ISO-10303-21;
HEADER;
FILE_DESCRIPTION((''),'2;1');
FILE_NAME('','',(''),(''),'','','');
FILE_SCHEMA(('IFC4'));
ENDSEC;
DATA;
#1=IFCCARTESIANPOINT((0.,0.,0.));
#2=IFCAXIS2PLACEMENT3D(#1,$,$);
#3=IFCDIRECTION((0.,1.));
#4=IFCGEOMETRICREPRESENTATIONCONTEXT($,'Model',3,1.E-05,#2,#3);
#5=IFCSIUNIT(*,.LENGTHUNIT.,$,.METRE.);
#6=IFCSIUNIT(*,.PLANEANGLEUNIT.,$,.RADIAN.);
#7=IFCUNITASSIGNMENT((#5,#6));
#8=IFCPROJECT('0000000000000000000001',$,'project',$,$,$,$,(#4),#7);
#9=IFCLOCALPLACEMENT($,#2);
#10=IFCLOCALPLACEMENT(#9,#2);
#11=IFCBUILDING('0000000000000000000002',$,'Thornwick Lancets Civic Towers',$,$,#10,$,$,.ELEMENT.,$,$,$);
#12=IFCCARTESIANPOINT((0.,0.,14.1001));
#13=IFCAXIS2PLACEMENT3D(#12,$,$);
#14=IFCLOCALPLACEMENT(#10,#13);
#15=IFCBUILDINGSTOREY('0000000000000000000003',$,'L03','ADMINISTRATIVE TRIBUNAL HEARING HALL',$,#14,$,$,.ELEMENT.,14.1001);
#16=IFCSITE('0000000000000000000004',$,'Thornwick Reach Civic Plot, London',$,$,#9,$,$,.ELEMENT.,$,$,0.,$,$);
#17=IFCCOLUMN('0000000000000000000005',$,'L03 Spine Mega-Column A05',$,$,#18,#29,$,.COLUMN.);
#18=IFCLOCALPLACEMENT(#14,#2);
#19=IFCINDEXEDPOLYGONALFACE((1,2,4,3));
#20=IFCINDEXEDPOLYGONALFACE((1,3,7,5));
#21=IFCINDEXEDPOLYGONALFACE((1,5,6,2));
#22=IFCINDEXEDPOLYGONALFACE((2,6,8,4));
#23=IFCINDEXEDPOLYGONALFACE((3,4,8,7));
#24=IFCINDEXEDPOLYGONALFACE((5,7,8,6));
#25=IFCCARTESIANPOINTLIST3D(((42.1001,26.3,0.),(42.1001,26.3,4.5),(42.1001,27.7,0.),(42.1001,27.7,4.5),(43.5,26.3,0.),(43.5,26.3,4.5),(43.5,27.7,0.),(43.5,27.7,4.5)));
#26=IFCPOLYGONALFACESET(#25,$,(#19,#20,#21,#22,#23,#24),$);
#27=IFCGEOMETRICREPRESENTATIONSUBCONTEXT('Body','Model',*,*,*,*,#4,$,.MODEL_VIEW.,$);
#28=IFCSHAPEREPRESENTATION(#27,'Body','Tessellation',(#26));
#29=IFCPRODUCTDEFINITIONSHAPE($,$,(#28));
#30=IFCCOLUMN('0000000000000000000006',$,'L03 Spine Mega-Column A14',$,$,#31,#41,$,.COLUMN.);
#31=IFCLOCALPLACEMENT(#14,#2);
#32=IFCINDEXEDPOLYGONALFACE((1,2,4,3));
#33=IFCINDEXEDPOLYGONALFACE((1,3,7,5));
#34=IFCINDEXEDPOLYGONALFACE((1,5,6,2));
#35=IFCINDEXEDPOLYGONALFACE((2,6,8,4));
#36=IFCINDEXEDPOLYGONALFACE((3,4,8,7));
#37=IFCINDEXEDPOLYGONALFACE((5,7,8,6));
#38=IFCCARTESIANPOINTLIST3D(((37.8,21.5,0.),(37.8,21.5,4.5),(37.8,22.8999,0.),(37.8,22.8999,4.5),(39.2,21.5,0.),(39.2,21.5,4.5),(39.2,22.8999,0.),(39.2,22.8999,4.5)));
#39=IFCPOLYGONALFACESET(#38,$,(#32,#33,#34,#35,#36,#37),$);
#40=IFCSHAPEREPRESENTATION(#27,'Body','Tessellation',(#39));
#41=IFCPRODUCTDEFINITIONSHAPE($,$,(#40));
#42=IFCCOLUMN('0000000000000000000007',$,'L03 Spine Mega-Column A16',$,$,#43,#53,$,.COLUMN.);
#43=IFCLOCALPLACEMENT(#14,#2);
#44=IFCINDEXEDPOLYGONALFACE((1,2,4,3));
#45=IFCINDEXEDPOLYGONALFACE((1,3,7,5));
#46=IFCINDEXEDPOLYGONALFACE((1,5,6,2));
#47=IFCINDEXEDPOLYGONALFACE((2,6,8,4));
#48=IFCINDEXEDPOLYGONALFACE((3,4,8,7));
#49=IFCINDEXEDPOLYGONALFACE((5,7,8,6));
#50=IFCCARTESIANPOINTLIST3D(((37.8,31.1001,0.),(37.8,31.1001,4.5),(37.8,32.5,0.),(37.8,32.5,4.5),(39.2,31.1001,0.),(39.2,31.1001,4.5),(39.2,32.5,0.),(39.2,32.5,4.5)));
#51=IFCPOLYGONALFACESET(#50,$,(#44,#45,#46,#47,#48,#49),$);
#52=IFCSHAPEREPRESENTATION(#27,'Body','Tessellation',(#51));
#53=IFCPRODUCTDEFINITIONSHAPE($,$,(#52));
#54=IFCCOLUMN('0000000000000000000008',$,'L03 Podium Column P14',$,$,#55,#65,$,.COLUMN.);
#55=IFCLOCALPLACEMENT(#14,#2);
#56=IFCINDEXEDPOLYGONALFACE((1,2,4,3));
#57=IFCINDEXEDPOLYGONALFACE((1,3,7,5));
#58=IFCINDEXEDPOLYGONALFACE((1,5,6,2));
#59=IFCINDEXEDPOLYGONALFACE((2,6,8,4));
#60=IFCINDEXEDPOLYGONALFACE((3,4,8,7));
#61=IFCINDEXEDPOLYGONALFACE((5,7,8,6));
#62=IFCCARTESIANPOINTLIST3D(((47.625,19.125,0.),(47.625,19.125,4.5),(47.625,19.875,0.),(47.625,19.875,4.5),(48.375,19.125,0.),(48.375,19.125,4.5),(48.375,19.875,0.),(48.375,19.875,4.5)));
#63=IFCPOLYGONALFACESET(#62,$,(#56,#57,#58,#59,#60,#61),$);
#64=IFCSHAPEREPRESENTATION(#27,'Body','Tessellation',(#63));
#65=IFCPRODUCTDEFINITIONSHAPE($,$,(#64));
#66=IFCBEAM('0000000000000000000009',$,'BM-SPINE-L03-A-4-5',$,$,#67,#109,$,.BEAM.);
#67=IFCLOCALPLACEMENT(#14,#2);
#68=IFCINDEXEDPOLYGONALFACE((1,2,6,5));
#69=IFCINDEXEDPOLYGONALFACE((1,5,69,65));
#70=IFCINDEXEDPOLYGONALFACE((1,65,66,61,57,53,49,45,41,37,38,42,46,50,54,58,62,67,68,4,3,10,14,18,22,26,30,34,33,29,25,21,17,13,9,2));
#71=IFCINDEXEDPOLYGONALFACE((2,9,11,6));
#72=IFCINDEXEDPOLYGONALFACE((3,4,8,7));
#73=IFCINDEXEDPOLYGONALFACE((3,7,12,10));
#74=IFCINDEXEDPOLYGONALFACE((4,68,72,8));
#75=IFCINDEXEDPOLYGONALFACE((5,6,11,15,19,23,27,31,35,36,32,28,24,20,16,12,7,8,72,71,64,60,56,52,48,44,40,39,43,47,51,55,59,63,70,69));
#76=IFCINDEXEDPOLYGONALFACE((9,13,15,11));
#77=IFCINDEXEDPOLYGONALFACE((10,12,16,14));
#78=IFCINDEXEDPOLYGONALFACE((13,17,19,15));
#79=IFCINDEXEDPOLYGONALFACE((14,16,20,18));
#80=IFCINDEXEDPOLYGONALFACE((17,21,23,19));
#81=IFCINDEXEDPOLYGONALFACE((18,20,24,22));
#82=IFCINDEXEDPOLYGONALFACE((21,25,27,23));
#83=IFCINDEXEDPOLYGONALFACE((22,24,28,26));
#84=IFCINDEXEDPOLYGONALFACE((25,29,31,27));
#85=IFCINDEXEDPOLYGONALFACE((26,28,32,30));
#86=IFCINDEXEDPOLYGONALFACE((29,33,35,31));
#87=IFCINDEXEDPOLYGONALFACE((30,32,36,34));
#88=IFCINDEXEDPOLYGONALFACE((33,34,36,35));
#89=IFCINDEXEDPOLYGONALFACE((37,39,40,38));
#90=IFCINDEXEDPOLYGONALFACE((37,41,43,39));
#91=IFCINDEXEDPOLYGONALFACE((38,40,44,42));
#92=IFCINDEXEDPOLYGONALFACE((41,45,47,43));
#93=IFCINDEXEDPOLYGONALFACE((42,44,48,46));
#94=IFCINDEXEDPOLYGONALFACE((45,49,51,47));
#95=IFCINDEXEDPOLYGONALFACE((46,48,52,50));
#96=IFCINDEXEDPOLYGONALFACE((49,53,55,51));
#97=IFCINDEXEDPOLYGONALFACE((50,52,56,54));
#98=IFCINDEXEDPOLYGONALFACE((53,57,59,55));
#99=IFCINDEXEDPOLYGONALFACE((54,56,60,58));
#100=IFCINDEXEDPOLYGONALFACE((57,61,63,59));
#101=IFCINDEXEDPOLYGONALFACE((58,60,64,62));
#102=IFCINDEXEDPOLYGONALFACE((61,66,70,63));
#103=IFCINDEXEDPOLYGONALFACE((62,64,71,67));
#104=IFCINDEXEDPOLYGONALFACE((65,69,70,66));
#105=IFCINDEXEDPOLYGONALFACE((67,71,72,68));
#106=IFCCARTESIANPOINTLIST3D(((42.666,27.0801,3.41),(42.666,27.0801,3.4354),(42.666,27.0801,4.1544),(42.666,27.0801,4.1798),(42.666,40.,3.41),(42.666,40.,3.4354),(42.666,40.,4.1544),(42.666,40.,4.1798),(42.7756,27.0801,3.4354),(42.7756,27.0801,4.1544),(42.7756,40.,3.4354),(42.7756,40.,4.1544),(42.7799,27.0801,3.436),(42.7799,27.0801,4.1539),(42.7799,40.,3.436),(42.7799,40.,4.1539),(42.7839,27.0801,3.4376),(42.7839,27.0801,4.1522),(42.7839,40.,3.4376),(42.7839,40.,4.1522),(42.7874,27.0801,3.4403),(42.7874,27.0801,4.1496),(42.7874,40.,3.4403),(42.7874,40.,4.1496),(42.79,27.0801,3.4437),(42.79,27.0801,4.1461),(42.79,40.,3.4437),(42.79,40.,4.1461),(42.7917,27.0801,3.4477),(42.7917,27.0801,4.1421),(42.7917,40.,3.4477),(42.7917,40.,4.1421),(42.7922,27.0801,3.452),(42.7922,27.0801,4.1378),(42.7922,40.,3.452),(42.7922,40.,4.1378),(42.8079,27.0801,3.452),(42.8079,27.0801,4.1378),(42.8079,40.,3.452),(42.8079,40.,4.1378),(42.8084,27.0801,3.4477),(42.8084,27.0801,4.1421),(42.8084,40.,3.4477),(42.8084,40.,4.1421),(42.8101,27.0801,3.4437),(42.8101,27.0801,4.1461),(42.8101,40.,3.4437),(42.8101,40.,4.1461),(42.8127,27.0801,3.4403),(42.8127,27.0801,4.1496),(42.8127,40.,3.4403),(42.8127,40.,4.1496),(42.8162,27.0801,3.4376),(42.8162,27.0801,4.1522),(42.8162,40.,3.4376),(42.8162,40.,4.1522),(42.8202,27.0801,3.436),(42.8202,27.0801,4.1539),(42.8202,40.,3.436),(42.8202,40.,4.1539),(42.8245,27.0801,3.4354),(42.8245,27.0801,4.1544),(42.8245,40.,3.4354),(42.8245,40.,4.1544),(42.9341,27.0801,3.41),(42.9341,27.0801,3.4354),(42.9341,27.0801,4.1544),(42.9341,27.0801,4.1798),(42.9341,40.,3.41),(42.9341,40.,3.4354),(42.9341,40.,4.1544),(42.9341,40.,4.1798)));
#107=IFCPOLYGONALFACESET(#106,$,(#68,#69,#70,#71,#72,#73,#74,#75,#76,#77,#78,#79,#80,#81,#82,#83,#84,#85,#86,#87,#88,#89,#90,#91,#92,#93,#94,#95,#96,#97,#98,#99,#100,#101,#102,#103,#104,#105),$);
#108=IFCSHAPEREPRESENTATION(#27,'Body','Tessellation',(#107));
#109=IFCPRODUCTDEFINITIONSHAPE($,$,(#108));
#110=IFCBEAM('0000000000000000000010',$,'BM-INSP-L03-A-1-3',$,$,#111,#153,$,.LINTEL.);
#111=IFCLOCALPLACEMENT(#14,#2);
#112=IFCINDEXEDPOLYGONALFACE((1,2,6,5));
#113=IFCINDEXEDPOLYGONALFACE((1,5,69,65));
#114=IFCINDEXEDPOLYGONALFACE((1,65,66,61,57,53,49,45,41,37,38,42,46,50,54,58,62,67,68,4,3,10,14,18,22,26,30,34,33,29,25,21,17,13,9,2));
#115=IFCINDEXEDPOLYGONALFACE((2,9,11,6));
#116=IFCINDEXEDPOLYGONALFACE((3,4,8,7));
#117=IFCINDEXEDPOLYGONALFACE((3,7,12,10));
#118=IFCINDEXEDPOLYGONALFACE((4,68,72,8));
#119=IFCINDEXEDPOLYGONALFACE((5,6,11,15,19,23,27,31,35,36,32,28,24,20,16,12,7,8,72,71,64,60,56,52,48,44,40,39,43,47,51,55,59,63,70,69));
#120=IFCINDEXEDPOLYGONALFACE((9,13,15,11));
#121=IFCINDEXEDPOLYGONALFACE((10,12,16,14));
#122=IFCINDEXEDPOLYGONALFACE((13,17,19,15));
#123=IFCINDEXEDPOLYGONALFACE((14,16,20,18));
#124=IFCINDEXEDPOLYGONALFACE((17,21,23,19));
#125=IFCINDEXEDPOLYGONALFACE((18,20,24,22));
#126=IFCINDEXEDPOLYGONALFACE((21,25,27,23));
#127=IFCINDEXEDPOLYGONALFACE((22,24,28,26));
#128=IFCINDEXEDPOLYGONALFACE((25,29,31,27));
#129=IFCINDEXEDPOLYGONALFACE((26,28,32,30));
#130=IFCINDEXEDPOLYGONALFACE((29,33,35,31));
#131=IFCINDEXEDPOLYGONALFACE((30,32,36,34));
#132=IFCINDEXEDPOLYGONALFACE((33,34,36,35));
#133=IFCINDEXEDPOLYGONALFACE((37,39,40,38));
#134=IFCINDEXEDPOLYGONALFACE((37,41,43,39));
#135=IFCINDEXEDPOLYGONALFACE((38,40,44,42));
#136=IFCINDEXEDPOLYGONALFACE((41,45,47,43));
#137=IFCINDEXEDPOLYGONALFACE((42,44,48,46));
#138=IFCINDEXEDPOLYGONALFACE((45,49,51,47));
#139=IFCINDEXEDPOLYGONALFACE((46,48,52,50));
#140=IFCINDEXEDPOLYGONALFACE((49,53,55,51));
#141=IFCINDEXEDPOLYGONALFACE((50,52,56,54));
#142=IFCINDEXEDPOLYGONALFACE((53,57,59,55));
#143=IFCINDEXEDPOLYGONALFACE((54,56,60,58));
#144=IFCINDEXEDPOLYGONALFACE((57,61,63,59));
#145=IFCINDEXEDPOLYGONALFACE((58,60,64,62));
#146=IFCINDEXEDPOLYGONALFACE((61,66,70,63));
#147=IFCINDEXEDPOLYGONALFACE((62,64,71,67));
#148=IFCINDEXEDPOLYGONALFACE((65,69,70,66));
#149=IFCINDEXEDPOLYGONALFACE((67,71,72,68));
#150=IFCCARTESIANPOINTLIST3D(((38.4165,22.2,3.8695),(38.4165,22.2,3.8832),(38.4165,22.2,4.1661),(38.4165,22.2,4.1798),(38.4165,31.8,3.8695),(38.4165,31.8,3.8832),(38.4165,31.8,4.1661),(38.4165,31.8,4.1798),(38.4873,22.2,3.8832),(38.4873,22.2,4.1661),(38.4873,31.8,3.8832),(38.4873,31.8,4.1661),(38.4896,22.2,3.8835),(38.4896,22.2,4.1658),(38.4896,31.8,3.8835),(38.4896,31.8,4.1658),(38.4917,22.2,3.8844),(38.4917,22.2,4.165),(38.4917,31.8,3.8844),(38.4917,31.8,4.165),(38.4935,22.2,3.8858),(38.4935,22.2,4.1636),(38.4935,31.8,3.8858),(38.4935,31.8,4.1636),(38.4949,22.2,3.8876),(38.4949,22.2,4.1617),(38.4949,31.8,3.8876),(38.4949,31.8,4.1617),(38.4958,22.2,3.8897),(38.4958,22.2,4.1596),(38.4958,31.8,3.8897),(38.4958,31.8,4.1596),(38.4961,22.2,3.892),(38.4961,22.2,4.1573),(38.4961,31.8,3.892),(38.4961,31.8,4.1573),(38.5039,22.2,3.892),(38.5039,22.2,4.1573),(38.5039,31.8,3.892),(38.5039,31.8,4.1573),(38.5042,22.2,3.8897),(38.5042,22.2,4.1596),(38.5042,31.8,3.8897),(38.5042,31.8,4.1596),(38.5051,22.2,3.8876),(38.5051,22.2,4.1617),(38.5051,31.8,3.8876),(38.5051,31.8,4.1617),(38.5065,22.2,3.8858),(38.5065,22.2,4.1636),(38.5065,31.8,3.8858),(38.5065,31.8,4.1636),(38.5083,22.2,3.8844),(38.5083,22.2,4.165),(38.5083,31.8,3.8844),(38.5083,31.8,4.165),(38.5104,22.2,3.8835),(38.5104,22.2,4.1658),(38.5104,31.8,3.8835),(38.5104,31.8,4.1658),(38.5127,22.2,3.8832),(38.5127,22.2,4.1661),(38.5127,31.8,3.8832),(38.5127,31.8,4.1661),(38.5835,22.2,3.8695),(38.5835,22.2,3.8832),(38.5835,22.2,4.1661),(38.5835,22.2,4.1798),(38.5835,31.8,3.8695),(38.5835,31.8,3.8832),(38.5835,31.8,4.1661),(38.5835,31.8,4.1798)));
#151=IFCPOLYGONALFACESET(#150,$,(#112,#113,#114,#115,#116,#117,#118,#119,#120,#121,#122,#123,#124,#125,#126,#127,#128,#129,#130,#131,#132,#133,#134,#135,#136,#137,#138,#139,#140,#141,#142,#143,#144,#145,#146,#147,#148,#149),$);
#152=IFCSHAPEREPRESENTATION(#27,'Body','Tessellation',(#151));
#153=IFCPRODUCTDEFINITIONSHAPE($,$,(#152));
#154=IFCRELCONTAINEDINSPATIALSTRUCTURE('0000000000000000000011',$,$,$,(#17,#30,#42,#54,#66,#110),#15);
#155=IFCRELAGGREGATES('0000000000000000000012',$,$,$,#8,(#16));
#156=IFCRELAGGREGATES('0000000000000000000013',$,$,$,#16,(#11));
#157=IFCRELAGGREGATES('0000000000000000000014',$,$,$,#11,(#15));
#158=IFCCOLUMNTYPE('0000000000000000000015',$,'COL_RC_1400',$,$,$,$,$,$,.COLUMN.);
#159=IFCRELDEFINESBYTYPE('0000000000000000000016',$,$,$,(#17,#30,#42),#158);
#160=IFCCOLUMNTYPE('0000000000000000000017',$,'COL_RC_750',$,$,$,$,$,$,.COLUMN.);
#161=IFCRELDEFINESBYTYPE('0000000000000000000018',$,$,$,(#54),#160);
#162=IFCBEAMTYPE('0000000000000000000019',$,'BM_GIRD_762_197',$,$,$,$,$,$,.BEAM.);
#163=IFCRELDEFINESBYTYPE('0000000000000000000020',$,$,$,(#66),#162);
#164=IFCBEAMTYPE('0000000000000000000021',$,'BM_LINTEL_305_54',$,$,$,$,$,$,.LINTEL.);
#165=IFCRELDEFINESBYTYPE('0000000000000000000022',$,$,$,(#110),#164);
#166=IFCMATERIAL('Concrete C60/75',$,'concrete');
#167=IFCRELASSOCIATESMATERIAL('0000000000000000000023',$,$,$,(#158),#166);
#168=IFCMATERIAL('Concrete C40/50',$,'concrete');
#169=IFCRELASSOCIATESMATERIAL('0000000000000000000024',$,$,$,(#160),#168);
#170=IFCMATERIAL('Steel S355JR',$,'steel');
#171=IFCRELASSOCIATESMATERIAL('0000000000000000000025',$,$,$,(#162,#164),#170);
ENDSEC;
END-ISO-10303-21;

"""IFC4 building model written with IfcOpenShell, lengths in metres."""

from ifc_helpers import new_model, si_unit, direction, frame, origin, origin_2d, place, context, subcontext, project, spatial, rectangle, i_section, extrude, material, material_profile, profile_set, type_object, element, save


model = new_model("IFC4")

# Units and contexts
model_context = context("Model", 3, precision=1e-05, world=origin(), true_north=direction((0.0, 1.0)))
body_context = subcontext(model_context, "Body", "Model", "MODEL_VIEW")
ifc_project = project(units=[si_unit("LENGTHUNIT", "METRE"), si_unit("PLANEANGLEUNIT", "RADIAN")], contexts=[model_context])

# Site, building, storey
site_placement = place(None, origin())
site = spatial("IfcSite", under=ifc_project, at=site_placement, Name="Thornwick Reach Civic Plot, London", CompositionType="ELEMENT", RefElevation=0.0)
building_placement = place(site_placement, origin())
building = spatial("IfcBuilding", under=site, at=building_placement, Name="Thornwick Lancets Civic Towers", CompositionType="ELEMENT")
storey_placement = place(building_placement, frame((0.0, 0.0, 14.1001)))
storey = spatial("IfcBuildingStorey", under=building, at=storey_placement, Name="L03", Description="ADMINISTRATIVE TRIBUNAL HEARING HALL", CompositionType="ELEMENT", Elevation=14.1001)

# Columns
ifc_material_1 = material(Name="Concrete C60/75", Category="concrete")
ifc_material_profile_1 = material_profile(ifc_material_1, rectangle(XDim=1.3999, YDim=1.3999, at=origin_2d()), Name="RC 1400x1400")
ifc_profile_set_1 = profile_set([ifc_material_profile_1], Name="Concrete C60/75")
column_type_1 = type_object("IfcColumnType", Name="COL_RC_1400", PredefinedType="COLUMN", material=ifc_profile_set_1)
for number, where, z_axis, x_axis, name in (
    (1, (42.8, 27.0, 0.0), (0.0, 0.0, 1.0), (1.0, 0.0, 0.0), "L03 Spine Mega-Column A05"),
    (2, (38.5, 22.2, 0.0), (0.0, 0.0, 1.0), (1.0, 0.0, 0.0), "L03 Spine Mega-Column A14"),
    (3, (38.5, 31.8, 0.0), (0.0, 0.0, 1.0), (1.0, 0.0, 0.0), "L03 Spine Mega-Column A16"),
):
    element("IfcColumn", number, at=place(storey_placement, frame(where, z_axis=z_axis, x_axis=x_axis)), inside=storey, type_object=column_type_1, Name=name, PredefinedType="COLUMN", context=body_context, shape_type="SweptSolid", body=[
        extrude(rectangle(XDim=1.3999, YDim=1.3999, at=origin_2d()), origin(), (0.0, 0.0, 1.0), 4.5),
    ])
ifc_material_2 = material(Name="Concrete C40/50", Category="concrete")
ifc_material_profile_2 = material_profile(ifc_material_2, rectangle(XDim=0.75, YDim=0.75, at=origin_2d()), Name="RC 750x750")
ifc_profile_set_2 = profile_set([ifc_material_profile_2], Name="Concrete C40/50")
column_type_2 = type_object("IfcColumnType", Name="COL_RC_750", PredefinedType="COLUMN", material=ifc_profile_set_2)
column_placement = place(storey_placement, frame((48.0, 19.5, 0.0), z_axis=(0.0, 0.0, 1.0), x_axis=(1.0, 0.0, 0.0)))
element("IfcColumn", 4, at=column_placement, inside=storey, type_object=column_type_2, Name="L03 Podium Column P14", PredefinedType="COLUMN", context=body_context, shape_type="SweptSolid", body=[
    extrude(rectangle(XDim=0.75, YDim=0.75, at=origin_2d()), origin(), (0.0, 0.0, 1.0), 4.5),
])

# Beams
ifc_material_3 = material(Name="Steel S355JR", Category="steel")
ifc_material_profile_3 = material_profile(ifc_material_3, i_section(OverallWidth=0.2681, OverallDepth=0.7698, WebThickness=0.0156, FlangeThickness=0.0254, FilletRadius=0.0166, at=origin_2d()), Name="UKB 762x267x197")
ifc_profile_set_3 = profile_set([ifc_material_profile_3], Name="Steel S355JR")
beam_type_1 = type_object("IfcBeamType", Name="BM_GIRD_762_197", PredefinedType="BEAM", material=ifc_profile_set_3)
beam_1_placement = place(storey_placement, frame((42.8, 27.0801, 3.7949), z_axis=(0.0, 1.0, 0.0), x_axis=(-1.0, 0.0, 0.0)))
element("IfcBeam", 5, at=beam_1_placement, inside=storey, type_object=beam_type_1, Name="BM-SPINE-L03-A-4-5", PredefinedType="BEAM", context=body_context, shape_type="SweptSolid", body=[
    extrude(i_section(OverallWidth=0.2681, OverallDepth=0.7698, WebThickness=0.0156, FlangeThickness=0.0254, FilletRadius=0.0166, at=origin_2d()), origin(), (0.0, 0.0, 1.0), 12.9199),
])
ifc_material_profile_4 = material_profile(ifc_material_3, i_section(OverallWidth=0.167, OverallDepth=0.3103, WebThickness=0.0078, FlangeThickness=0.0137, FilletRadius=0.0088, at=origin_2d()), Name="UKB 305x165x54")
ifc_profile_set_4 = profile_set([ifc_material_profile_4], Name="Steel S355JR")
beam_type_2 = type_object("IfcBeamType", Name="BM_LINTEL_305_54", PredefinedType="LINTEL", material=ifc_profile_set_4)
beam_2_placement = place(storey_placement, frame((38.5, 22.2, 4.0247), z_axis=(0.0, 1.0, 0.0), x_axis=(-1.0, 0.0, 0.0)))
element("IfcBeam", 6, at=beam_2_placement, inside=storey, type_object=beam_type_2, Name="BM-INSP-L03-A-1-3", PredefinedType="LINTEL", context=body_context, shape_type="SweptSolid", body=[
    extrude(i_section(OverallWidth=0.167, OverallDepth=0.3103, WebThickness=0.0078, FlangeThickness=0.0137, FilletRadius=0.0088, at=origin_2d()), origin(), (0.0, 0.0, 1.0), 9.6001),
])

save(model, "model.ifc")
